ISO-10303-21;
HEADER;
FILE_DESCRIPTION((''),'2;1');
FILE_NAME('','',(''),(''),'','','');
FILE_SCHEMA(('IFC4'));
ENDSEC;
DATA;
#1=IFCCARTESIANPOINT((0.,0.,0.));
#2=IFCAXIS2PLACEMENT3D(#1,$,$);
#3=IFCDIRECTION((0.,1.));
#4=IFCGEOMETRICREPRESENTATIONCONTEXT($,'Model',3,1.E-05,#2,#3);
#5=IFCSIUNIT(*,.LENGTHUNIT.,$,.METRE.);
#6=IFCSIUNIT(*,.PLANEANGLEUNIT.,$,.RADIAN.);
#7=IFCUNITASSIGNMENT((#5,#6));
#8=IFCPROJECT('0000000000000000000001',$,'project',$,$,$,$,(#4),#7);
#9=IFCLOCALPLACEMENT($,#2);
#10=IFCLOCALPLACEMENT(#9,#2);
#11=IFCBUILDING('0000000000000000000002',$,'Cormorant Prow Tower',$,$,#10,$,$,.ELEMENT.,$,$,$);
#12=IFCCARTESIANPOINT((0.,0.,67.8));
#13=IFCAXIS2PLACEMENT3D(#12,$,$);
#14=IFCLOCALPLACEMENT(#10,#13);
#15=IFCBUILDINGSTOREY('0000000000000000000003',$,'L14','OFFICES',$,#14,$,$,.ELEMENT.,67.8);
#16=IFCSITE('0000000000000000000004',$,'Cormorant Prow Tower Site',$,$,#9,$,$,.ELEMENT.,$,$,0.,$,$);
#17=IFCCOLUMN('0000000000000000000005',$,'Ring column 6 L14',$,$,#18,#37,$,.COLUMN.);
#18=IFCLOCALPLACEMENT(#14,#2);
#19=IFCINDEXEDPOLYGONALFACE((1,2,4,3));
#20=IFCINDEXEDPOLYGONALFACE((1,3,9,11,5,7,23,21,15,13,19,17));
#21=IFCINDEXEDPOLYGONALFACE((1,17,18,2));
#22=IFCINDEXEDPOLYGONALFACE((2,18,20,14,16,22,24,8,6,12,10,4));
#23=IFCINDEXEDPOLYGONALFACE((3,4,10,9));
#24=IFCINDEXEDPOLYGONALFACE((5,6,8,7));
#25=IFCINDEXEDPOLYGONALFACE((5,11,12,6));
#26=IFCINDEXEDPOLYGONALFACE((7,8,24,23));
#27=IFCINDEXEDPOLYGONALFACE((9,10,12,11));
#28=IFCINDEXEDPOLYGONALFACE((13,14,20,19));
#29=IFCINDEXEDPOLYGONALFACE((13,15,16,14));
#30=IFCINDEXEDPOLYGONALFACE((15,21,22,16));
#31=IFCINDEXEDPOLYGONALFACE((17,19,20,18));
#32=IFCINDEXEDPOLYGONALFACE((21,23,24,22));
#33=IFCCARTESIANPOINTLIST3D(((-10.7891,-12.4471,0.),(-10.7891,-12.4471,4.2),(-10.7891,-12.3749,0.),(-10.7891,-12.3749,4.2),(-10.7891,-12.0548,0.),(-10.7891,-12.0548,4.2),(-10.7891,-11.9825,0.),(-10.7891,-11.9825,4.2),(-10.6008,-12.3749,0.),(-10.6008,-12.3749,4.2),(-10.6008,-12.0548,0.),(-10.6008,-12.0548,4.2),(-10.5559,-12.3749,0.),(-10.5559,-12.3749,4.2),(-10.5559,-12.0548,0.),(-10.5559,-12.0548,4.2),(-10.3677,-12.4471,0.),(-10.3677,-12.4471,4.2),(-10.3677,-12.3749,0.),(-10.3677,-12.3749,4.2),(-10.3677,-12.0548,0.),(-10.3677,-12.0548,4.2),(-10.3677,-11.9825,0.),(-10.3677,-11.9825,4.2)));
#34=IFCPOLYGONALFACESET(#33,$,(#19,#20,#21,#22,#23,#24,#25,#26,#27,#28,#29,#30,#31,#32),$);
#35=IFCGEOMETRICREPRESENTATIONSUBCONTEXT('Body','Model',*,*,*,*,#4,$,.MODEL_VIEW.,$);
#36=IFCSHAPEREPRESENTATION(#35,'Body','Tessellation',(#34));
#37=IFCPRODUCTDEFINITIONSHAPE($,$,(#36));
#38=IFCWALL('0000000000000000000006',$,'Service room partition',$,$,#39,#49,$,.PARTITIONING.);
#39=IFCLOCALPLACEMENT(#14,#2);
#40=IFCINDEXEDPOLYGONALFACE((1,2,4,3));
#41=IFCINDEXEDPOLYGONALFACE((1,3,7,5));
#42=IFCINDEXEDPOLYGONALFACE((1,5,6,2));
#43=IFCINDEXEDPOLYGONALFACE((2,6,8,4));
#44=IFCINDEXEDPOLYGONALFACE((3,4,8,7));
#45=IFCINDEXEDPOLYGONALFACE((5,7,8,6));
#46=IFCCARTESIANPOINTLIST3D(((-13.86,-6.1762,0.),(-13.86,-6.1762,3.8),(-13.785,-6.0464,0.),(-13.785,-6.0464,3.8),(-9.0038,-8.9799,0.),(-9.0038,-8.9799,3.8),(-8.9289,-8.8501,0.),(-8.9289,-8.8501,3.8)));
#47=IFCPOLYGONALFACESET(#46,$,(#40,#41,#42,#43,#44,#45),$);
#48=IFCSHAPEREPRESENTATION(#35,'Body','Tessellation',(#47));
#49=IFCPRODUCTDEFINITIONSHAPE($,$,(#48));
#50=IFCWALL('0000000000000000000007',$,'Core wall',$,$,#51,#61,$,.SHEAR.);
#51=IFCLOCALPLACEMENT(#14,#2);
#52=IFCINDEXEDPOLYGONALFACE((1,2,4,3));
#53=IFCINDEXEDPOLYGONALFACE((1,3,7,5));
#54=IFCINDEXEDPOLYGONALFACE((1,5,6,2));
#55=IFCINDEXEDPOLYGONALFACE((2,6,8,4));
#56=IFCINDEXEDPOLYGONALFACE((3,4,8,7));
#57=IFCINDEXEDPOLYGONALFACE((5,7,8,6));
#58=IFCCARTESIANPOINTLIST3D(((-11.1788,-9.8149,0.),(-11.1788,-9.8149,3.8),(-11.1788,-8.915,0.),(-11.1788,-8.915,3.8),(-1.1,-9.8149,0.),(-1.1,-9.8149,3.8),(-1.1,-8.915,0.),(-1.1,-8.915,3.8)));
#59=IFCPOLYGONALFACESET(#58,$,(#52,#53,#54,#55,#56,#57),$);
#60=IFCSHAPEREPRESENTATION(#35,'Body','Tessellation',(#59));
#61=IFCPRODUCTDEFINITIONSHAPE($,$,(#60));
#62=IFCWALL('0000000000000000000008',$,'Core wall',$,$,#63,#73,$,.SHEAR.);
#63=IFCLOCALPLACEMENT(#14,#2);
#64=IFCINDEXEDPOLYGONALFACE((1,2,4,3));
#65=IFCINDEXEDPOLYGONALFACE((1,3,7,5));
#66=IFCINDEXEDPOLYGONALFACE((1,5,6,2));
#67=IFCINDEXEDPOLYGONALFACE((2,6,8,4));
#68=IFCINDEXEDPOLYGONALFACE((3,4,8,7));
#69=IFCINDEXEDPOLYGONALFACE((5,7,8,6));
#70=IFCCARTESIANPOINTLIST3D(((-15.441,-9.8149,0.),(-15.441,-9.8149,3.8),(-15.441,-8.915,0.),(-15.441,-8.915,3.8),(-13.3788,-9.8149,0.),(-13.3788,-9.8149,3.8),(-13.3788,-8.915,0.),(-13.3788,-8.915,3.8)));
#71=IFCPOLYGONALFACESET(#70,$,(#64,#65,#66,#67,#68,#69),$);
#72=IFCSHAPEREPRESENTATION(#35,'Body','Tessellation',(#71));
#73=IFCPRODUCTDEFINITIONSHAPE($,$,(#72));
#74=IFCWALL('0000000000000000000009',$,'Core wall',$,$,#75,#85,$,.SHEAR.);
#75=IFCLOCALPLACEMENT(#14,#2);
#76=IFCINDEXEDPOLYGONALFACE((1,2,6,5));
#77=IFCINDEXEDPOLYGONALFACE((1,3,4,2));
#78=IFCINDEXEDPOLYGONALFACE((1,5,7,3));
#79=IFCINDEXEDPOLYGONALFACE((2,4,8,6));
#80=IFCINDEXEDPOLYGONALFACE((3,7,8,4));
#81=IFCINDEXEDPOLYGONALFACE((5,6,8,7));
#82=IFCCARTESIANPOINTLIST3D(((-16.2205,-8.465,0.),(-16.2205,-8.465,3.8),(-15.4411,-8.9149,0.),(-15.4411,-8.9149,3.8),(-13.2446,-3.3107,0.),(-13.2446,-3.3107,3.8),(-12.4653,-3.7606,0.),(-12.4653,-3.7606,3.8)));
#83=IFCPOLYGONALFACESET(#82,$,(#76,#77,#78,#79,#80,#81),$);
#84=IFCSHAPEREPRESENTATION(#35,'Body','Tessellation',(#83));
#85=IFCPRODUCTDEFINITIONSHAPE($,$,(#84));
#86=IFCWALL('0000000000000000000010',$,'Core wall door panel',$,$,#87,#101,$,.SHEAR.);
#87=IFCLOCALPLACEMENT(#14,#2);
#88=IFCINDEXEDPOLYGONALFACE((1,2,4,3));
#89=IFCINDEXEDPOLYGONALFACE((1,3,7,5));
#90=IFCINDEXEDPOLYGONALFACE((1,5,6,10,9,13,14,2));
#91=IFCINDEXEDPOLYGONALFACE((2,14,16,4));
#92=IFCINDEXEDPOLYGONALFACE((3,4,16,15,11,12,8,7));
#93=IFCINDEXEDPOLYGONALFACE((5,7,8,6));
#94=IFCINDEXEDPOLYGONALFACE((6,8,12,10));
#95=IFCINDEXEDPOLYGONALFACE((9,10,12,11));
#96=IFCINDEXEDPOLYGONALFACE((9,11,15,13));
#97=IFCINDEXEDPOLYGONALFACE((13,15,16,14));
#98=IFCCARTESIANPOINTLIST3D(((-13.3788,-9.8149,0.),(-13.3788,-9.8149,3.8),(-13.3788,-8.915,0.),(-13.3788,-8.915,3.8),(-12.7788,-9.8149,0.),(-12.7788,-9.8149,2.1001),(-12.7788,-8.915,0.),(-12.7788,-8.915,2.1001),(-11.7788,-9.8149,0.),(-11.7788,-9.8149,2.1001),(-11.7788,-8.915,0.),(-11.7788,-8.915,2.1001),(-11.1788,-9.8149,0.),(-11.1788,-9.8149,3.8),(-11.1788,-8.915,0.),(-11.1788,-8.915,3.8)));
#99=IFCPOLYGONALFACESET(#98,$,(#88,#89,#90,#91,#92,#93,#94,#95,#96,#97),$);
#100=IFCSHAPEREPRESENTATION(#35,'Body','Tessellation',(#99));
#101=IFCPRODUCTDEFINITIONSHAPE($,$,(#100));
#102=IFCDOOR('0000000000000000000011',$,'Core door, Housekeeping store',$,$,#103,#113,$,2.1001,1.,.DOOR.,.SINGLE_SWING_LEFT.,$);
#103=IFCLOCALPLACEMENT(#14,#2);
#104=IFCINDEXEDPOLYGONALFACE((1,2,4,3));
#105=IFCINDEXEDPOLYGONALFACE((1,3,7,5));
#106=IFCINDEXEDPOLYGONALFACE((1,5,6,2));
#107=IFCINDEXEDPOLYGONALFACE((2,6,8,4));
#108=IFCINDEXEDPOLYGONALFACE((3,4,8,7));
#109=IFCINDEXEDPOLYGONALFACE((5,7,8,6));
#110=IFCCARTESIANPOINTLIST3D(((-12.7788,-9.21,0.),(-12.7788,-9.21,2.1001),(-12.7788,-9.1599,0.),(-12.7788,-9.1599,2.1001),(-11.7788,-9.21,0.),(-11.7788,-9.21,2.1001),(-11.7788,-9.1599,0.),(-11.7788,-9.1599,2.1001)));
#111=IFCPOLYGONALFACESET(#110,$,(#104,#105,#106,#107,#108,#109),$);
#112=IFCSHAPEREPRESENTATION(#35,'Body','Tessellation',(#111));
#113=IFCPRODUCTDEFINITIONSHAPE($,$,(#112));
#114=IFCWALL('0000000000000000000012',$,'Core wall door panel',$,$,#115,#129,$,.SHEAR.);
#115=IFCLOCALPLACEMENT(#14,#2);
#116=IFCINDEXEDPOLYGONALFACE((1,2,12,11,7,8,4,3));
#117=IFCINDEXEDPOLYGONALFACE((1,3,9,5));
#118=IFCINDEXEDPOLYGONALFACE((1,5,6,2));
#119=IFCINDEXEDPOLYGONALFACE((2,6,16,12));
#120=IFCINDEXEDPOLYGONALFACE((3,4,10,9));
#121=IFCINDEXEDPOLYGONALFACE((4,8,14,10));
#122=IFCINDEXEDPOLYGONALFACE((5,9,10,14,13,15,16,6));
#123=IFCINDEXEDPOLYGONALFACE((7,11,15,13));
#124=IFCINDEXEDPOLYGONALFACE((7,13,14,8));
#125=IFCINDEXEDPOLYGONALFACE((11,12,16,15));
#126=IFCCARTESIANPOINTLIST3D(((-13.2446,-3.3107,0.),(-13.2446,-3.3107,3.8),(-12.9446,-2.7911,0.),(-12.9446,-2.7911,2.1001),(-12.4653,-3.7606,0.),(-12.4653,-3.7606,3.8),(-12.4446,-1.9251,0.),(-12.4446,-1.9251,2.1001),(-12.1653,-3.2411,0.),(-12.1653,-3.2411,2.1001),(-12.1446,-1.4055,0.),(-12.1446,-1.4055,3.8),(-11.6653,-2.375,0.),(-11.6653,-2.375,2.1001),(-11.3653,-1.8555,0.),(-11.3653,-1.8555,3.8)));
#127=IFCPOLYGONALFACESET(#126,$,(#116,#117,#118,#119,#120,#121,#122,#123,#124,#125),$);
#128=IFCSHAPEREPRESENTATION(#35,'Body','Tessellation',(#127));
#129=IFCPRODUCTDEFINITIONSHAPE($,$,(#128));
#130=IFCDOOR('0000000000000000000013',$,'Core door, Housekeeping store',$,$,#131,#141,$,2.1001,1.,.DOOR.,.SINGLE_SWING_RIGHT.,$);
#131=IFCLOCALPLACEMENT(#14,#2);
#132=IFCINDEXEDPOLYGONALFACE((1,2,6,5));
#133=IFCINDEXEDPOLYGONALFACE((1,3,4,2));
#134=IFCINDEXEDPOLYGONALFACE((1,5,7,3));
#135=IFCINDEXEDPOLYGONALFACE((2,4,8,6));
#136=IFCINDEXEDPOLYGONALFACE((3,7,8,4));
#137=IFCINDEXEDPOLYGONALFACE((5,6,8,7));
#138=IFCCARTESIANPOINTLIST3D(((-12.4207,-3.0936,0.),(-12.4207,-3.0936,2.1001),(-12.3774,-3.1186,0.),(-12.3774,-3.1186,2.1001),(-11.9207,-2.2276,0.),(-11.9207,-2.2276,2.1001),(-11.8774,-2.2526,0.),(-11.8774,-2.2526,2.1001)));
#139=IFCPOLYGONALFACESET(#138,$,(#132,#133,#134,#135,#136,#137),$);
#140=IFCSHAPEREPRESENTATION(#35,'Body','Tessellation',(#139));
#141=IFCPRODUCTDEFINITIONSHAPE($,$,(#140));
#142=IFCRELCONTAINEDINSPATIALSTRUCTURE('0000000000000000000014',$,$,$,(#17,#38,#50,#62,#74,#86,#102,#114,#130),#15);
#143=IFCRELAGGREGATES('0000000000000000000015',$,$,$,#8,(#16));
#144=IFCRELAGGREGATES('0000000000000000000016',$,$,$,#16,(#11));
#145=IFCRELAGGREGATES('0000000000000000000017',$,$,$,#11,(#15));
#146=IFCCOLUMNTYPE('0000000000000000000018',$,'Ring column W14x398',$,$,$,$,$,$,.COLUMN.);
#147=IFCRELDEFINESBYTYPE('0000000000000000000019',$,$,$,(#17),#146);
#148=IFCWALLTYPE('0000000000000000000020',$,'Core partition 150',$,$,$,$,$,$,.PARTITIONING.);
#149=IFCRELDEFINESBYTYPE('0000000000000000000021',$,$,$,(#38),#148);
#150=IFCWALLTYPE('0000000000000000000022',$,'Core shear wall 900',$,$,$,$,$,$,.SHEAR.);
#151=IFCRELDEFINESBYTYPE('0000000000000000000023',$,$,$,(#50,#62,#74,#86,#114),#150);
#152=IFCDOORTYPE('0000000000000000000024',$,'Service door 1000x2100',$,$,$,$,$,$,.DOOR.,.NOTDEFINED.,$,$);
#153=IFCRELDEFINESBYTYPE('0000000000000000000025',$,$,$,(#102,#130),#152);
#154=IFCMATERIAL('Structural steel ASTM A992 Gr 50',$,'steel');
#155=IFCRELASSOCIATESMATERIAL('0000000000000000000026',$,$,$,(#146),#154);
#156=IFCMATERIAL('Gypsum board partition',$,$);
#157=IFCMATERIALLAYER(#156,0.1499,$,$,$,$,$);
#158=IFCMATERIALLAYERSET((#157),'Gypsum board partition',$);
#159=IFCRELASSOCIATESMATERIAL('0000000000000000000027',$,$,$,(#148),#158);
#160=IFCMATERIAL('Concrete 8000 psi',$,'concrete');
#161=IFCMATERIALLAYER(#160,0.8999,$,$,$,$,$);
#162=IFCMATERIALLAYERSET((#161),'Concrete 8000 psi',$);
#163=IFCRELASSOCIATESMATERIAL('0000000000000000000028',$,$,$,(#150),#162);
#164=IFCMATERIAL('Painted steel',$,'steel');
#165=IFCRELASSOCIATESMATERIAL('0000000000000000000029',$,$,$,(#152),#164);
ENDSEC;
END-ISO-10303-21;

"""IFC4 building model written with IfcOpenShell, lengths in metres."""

from ifc_helpers import new_model, si_unit, direction, frame, frame_2d, origin, origin_2d, place, context, subcontext, project, spatial, rectangle, i_section, extrude, material, layer, layer_set, material_profile, profile_set, type_object, element, fill, save


model = new_model("IFC4")

# Units and contexts
model_context = context("Model", 3, precision=1e-05, world=origin(), true_north=direction((0.0, 1.0)))
body_context = subcontext(model_context, "Body", "Model", "MODEL_VIEW")
ifc_project = project(units=[si_unit("LENGTHUNIT", "METRE"), si_unit("PLANEANGLEUNIT", "RADIAN")], contexts=[model_context])

# Site, building, storey
site_placement = place(None, origin())
site = spatial("IfcSite", under=ifc_project, at=site_placement, Name="Cormorant Prow Tower Site", CompositionType="ELEMENT", RefElevation=0.0)
building_placement = place(site_placement, origin())
building = spatial("IfcBuilding", under=site, at=building_placement, Name="Cormorant Prow Tower", CompositionType="ELEMENT")
storey_placement = place(building_placement, frame((0.0, 0.0, 67.8)))
storey = spatial("IfcBuildingStorey", under=building, at=storey_placement, Name="L14", Description="OFFICES", CompositionType="ELEMENT", Elevation=67.8)

# Column
ifc_material_1 = material(Name="Structural steel ASTM A992 Gr 50", Category="steel")
ifc_material_profile = material_profile(ifc_material_1, i_section(OverallWidth=0.4214, OverallDepth=0.4646, WebThickness=0.0449, FlangeThickness=0.0723, at=origin_2d()), Name="W14x398")
ifc_profile_set = profile_set([ifc_material_profile], Name="Structural steel ASTM A992 Gr 50")
column_type = type_object("IfcColumnType", Name="Ring column W14x398", PredefinedType="COLUMN", material=ifc_profile_set)
column_placement = place(storey_placement, frame((-10.5784, -12.2148, 0.0), z_axis=(0.0, 0.0, 1.0), x_axis=(1.0, 0.0, 0.0)))
element("IfcColumn", 1, at=column_placement, inside=storey, type_object=column_type, Name="Ring column 6 L14", PredefinedType="COLUMN", context=body_context, shape_type="SweptSolid", body=[
    extrude(i_section(OverallWidth=0.4214, OverallDepth=0.4646, WebThickness=0.0449, FlangeThickness=0.0723, at=origin_2d()), origin(), (0.0, 0.0, 1.0), 4.2),
])

# Walls
ifc_material_2 = material(Name="Gypsum board partition")
ifc_layer_1 = layer(ifc_material_2, 0.1499)
ifc_layer_set_1 = layer_set([ifc_layer_1], Name="Gypsum board partition")
wall_type_1 = type_object("IfcWallType", Name="Core partition 150", PredefinedType="PARTITIONING", material=ifc_layer_set_1)
wall_1_placement = place(storey_placement, frame((-13.8225, -6.1113, 0.0), z_axis=(0.0, 0.0, 1.0), x_axis=(0.866027, -0.499998, 0.0)))
element("IfcWall", 2, at=wall_1_placement, inside=storey, type_object=wall_type_1, Name="Service room partition", PredefinedType="PARTITIONING", context=body_context, shape_type="SweptSolid", body=[
    extrude(rectangle(XDim=5.6074, YDim=0.1499, at=frame_2d((2.8037, 0.0))), origin(), (0.0, 0.0, 1.0), 3.8),
])
ifc_material_3 = material(Name="Concrete 8000 psi", Category="concrete")
ifc_layer_2 = layer(ifc_material_3, 0.8999)
ifc_layer_set_2 = layer_set([ifc_layer_2], Name="Concrete 8000 psi")
wall_type_2 = type_object("IfcWallType", Name="Core shear wall 900", PredefinedType="SHEAR", material=ifc_layer_set_2)
wall_2_placement = place(storey_placement, frame((-11.179, -9.365, 0.0), z_axis=(0.0, 0.0, 1.0), x_axis=(1.0, 0.0, 0.0)))
element("IfcWall", 3, at=wall_2_placement, inside=storey, type_object=wall_type_2, Name="Core wall", PredefinedType="SHEAR", context=body_context, shape_type="SweptSolid", body=[
    extrude(rectangle(XDim=10.0789, YDim=0.8999, at=frame_2d((5.0396, 0.0))), origin(), (0.0, 0.0, 1.0), 3.8),
])
wall_3_placement = place(storey_placement, frame((-15.4412, -9.365, 0.0), z_axis=(0.0, 0.0, 1.0), x_axis=(1.0, 0.0, 0.0)))
element("IfcWall", 4, at=wall_3_placement, inside=storey, type_object=wall_type_2, Name="Core wall", PredefinedType="SHEAR", context=body_context, shape_type="SweptSolid", body=[
    extrude(rectangle(XDim=2.0623, YDim=0.8999, at=frame_2d((1.0312, 0.0))), origin(), (0.0, 0.0, 1.0), 3.8),
])
wall_4_placement = place(storey_placement, frame((-12.855, -3.5356, 0.0), z_axis=(0.0, 0.0, 1.0), x_axis=(-0.499999, -0.866026, 0.0)))
element("IfcWall", 5, at=wall_4_placement, inside=storey, type_object=wall_type_2, Name="Core wall", PredefinedType="SHEAR", context=body_context, shape_type="SweptSolid", body=[
    extrude(rectangle(XDim=5.9517, YDim=0.8999, at=frame_2d((2.9758, 0.0))), origin(), (0.0, 0.0, 1.0), 3.8),
])

# Walls, openings, doors
wall_5_placement = place(storey_placement, frame((-13.3789, -9.365, 0.0), z_axis=(0.0, 0.0, 1.0), x_axis=(1.0, 0.0, 0.0)))
wall_5 = element("IfcWall", 6, at=wall_5_placement, inside=storey, type_object=wall_type_2, Name="Core wall door panel", PredefinedType="SHEAR", context=body_context, shape_type="SweptSolid", body=[
    extrude(rectangle(XDim=2.2, YDim=0.8999, at=frame_2d((1.1001, 0.0))), origin(), (0.0, 0.0, 1.0), 3.8),
])
opening_1_placement = place(wall_5_placement, frame((0.6001, 0.0, 0.0)))
opening_1 = element("IfcOpeningElement", 7, at=opening_1_placement, cuts=wall_5, PredefinedType="OPENING", context=body_context, shape_type="SweptSolid", body=[
    extrude(rectangle(XDim=1.0, YDim=2.1001, at=frame_2d((0.5, 1.05))), frame((0.0, 0.46, 0.0), z_axis=(0.0, -1.0, 0.0), x_axis=(1.0, 0.0, 0.0)), (0.0, 0.0, 1.0), 0.9199),
])
ifc_material_4 = material(Name="Painted steel", Category="steel")
door_type_1 = type_object("IfcDoorType", Name="Service door 1000x2100", OperationType="NOTDEFINED", PredefinedType="DOOR", material=ifc_material_4)
door_1_placement = place(opening_1_placement, origin())
door_1 = element("IfcDoor", 8, at=door_1_placement, inside=storey, type_object=door_type_1, Name="Core door, Housekeeping store", OperationType="SINGLE_SWING_LEFT", OverallHeight=2.1001, OverallWidth=1.0, PredefinedType="DOOR", context=body_context, shape_type="SweptSolid", body=[
    extrude(rectangle(XDim=1.0, YDim=2.1001, at=frame_2d((0.5, 1.05))), frame((0.0, 0.2051, 0.0), z_axis=(0.0, -1.0, 0.0), x_axis=(1.0, 0.0, 0.0)), (0.0, 0.0, 1.0), 0.05),
])
fill(opening_1, door_1)
wall_6_placement = place(storey_placement, frame((-11.7549, -1.6304, 0.0), z_axis=(0.0, 0.0, 1.0), x_axis=(-0.50003, -0.866008, 0.0)))
wall_6 = element("IfcWall", 9, at=wall_6_placement, inside=storey, type_object=wall_type_2, Name="Core wall door panel", PredefinedType="SHEAR", context=body_context, shape_type="SweptSolid", body=[
    extrude(rectangle(XDim=2.2, YDim=0.8999, at=frame_2d((1.1001, 0.0))), origin(), (0.0, 0.0, 1.0), 3.8),
])
opening_2_placement = place(wall_6_placement, frame((0.6001, 0.0, 0.0)))
opening_2 = element("IfcOpeningElement", 10, at=opening_2_placement, cuts=wall_6, PredefinedType="OPENING", context=body_context, shape_type="SweptSolid", body=[
    extrude(rectangle(XDim=1.0, YDim=2.1001, at=frame_2d((0.5, 1.05))), frame((0.0, 0.46, 0.0), z_axis=(0.0, -1.0, 0.0), x_axis=(1.0, 0.0, 0.0)), (0.0, 0.0, 1.0), 0.9199),
])
door_2_placement = place(opening_2_placement, origin())
door_2 = element("IfcDoor", 11, at=door_2_placement, inside=storey, type_object=door_type_1, Name="Core door, Housekeeping store", OperationType="SINGLE_SWING_RIGHT", OverallHeight=2.1001, OverallWidth=1.0, PredefinedType="DOOR", context=body_context, shape_type="SweptSolid", body=[
    extrude(rectangle(XDim=1.0, YDim=2.1001, at=frame_2d((0.5, 1.05))), frame((0.0, 0.2051, 0.0), z_axis=(0.0, -1.0, 0.0), x_axis=(1.0, 0.0, 0.0)), (0.0, 0.0, 1.0), 0.05),
])
fill(opening_2, door_2)

save(model, "model.ifc")
